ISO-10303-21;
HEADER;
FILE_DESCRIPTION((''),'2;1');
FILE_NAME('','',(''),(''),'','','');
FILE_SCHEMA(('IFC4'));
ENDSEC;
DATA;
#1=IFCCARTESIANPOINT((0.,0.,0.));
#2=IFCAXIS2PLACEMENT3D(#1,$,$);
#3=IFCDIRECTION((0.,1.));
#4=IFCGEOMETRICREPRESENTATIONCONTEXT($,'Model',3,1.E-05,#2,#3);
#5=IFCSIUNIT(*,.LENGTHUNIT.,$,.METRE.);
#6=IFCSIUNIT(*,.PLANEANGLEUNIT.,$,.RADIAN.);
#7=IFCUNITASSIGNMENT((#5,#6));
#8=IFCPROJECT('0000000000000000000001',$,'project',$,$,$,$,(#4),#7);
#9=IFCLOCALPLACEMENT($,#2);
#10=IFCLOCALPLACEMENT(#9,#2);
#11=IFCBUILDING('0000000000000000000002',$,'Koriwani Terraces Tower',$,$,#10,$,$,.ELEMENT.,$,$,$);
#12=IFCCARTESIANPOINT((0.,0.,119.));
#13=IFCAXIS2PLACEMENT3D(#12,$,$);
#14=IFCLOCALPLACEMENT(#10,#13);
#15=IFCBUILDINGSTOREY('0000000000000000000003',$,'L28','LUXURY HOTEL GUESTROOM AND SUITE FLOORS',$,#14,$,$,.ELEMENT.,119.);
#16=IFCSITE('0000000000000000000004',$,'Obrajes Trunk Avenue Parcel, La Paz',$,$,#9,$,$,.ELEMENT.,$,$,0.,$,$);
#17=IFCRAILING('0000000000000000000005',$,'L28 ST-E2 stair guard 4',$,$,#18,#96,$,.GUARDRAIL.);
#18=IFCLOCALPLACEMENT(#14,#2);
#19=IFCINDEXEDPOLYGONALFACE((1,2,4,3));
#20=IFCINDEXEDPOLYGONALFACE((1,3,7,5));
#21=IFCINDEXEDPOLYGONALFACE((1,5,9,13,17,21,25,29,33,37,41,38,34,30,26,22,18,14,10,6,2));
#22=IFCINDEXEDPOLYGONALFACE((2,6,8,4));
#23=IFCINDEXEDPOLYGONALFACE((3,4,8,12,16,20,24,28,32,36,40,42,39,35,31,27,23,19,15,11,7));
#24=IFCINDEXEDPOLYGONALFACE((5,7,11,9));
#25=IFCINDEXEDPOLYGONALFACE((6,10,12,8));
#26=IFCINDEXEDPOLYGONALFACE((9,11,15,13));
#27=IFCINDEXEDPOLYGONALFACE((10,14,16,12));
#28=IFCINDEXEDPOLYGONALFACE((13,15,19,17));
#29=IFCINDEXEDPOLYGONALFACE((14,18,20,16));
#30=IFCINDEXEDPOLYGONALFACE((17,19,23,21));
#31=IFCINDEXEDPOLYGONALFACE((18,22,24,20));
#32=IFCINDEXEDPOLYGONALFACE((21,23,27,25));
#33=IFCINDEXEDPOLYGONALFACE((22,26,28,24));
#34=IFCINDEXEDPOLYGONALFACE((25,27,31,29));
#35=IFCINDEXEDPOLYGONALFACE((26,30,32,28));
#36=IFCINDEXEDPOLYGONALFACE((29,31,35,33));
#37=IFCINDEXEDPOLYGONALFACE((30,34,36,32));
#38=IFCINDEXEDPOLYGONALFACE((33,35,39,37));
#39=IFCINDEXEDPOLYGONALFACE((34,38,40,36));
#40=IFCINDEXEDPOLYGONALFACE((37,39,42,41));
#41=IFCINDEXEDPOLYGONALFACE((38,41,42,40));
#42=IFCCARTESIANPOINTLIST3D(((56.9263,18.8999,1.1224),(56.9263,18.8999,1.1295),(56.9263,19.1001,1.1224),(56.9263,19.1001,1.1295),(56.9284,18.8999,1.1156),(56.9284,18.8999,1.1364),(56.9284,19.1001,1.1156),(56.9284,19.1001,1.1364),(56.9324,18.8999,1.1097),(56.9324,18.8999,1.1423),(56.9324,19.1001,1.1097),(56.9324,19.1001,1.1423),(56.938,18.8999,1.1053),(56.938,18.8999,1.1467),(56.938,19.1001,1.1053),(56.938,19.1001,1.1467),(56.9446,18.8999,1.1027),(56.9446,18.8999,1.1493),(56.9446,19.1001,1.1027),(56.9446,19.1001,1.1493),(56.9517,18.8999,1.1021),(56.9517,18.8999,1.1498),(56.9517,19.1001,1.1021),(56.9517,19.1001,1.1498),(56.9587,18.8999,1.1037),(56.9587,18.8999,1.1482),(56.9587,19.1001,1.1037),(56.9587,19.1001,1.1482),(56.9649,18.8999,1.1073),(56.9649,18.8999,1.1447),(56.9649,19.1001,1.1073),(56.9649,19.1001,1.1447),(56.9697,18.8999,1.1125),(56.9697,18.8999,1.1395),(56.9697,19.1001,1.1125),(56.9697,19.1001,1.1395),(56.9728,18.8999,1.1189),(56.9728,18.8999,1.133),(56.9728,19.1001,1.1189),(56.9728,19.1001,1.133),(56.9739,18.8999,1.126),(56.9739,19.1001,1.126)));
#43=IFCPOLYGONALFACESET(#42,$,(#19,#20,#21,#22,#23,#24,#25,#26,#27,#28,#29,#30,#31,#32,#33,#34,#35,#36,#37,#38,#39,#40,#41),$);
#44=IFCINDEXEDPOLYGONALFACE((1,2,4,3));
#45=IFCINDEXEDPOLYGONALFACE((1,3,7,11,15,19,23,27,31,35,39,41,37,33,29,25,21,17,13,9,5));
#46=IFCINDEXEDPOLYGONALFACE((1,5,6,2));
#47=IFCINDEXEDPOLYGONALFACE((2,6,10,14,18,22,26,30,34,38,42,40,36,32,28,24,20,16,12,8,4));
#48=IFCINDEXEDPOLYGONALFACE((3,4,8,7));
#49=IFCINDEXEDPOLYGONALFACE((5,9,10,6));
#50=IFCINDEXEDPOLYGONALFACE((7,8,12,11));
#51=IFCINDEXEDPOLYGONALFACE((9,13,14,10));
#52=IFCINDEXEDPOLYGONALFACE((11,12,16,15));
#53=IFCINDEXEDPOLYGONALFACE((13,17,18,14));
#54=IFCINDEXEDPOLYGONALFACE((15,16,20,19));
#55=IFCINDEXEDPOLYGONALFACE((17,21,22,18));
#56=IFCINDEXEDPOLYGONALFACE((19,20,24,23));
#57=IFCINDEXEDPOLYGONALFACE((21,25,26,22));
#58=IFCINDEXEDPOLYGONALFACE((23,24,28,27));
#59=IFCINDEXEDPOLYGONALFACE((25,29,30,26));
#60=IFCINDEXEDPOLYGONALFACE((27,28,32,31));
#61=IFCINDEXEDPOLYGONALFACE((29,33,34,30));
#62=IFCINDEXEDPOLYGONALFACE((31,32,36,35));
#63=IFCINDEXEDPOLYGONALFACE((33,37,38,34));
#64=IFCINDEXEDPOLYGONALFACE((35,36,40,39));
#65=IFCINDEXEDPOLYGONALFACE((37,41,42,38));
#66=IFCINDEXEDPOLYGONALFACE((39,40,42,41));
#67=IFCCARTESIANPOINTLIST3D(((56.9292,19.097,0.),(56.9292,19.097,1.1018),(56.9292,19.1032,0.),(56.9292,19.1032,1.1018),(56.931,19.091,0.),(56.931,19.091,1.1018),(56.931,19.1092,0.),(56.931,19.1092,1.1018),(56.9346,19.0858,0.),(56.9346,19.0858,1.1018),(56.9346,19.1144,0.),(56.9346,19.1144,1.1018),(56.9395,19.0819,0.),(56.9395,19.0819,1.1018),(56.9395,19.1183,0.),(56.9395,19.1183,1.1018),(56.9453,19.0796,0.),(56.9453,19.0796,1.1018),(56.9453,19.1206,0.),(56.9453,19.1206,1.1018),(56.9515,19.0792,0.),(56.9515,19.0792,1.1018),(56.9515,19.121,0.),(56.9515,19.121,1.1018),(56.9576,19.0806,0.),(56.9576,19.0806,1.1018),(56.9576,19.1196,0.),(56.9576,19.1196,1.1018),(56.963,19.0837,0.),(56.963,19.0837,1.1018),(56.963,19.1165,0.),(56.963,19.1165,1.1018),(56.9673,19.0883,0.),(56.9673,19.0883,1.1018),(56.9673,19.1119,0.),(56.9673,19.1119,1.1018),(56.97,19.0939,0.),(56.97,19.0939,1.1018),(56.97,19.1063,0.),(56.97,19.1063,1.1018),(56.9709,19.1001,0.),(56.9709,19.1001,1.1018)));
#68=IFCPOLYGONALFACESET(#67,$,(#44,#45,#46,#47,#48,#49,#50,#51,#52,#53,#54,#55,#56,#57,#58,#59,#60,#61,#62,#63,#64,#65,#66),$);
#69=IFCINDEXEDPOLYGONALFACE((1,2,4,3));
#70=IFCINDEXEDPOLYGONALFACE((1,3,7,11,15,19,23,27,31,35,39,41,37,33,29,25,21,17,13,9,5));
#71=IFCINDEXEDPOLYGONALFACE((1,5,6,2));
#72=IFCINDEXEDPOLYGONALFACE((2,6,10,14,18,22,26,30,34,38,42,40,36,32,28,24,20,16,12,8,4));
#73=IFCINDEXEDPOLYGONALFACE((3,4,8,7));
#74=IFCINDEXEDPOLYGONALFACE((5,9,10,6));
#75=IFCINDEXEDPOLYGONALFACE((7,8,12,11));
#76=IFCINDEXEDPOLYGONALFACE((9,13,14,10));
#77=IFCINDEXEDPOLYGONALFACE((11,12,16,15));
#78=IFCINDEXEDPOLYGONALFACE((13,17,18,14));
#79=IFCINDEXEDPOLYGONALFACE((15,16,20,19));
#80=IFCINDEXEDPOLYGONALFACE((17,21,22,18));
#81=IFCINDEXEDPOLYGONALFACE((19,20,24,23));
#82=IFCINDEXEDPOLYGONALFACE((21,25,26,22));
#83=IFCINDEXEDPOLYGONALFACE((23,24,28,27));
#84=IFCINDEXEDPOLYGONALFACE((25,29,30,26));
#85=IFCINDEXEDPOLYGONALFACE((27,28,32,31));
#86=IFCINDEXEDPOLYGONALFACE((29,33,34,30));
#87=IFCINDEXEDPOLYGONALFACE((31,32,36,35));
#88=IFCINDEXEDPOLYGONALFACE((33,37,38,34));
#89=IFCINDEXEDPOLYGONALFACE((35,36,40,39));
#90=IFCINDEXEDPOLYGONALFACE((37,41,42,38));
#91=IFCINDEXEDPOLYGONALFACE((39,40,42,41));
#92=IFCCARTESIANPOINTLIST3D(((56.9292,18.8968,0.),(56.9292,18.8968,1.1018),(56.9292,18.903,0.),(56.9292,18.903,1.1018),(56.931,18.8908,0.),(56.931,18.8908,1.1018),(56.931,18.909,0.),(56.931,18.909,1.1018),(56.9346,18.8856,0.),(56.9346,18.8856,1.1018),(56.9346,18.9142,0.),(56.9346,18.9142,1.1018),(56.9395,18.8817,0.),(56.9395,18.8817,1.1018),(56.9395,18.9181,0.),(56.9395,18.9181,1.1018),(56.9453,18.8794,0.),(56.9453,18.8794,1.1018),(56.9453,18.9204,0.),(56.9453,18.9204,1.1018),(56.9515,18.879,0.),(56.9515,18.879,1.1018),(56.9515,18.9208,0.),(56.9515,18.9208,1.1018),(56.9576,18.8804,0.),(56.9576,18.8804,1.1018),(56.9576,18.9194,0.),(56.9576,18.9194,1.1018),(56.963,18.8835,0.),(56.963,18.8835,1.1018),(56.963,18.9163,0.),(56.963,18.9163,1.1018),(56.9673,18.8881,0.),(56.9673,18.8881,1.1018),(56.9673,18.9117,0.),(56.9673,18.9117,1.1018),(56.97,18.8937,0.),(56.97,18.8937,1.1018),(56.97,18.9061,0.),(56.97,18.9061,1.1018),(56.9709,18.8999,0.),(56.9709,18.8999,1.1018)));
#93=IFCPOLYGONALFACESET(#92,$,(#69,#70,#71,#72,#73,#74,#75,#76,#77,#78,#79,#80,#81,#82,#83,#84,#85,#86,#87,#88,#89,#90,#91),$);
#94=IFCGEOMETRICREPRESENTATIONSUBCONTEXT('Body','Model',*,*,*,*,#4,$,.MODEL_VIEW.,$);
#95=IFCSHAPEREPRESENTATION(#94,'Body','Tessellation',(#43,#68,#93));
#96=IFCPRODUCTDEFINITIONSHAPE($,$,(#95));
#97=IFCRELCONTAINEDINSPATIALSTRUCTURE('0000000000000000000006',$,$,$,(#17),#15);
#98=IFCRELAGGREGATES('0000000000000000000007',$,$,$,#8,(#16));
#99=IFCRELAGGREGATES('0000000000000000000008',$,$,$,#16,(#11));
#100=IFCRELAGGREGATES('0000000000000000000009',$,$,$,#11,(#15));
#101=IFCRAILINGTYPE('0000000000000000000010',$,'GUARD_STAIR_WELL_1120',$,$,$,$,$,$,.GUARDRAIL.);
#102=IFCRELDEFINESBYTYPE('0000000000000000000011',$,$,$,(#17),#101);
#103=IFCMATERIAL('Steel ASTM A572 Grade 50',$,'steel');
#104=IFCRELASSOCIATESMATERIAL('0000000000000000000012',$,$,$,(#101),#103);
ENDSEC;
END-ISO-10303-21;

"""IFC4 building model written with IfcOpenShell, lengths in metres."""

from ifc_helpers import new_model, si_unit, direction, frame, origin, origin_2d, place, context, subcontext, project, spatial, circle, extrude, material, type_object, element, save


model = new_model("IFC4")

# Units and contexts
model_context = context("Model", 3, precision=1e-05, world=origin(), true_north=direction((0.0, 1.0)))
body_context = subcontext(model_context, "Body", "Model", "MODEL_VIEW")
ifc_project = project(units=[si_unit("LENGTHUNIT", "METRE"), si_unit("PLANEANGLEUNIT", "RADIAN")], contexts=[model_context])

# Site, building, storey
site_placement = place(None, origin())
site = spatial("IfcSite", under=ifc_project, at=site_placement, Name="Obrajes Trunk Avenue Parcel, La Paz", CompositionType="ELEMENT", RefElevation=0.0)
building_placement = place(site_placement, origin())
building = spatial("IfcBuilding", under=site, at=building_placement, Name="Koriwani Terraces Tower", CompositionType="ELEMENT")
storey_placement = place(building_placement, frame((0.0, 0.0, 119.0)))
storey = spatial("IfcBuildingStorey", under=building, at=storey_placement, Name="L28", Description="LUXURY HOTEL GUESTROOM AND SUITE FLOORS", CompositionType="ELEMENT", Elevation=119.0)

# Shared definitions
ifc_material_1 = material(Name="Steel ASTM A572 Grade 50", Category="steel")

# Railing
railing_type_1 = type_object("IfcRailingType", Name="GUARD_STAIR_WELL_1120", PredefinedType="GUARDRAIL", material=ifc_material_1)
railing_1_placement = place(storey_placement, frame((56.95, 19.1001, 0.0)))
element("IfcRailing", 1, at=railing_1_placement, inside=storey, type_object=railing_type_1, Name="L28 ST-E2 stair guard 4", PredefinedType="GUARDRAIL", context=body_context, shape_type="SweptSolid", body=[
    extrude(circle(Radius=0.0239, at=origin_2d()), frame((0.0, 0.0, 1.126), z_axis=(0.0, -1.0, 0.0), x_axis=(1.0, 0.0, 0.0)), (0.0, 0.0, 1.0), 0.2002),
    extrude(circle(Radius=0.021, at=origin_2d()), origin(), (0.0, 0.0, 1.0), 1.1018),
    extrude(circle(Radius=0.021, at=origin_2d()), frame((0.0, -0.2002, 0.0)), (0.0, 0.0, 1.0), 1.1018),
])

save(model, "model.ifc")
